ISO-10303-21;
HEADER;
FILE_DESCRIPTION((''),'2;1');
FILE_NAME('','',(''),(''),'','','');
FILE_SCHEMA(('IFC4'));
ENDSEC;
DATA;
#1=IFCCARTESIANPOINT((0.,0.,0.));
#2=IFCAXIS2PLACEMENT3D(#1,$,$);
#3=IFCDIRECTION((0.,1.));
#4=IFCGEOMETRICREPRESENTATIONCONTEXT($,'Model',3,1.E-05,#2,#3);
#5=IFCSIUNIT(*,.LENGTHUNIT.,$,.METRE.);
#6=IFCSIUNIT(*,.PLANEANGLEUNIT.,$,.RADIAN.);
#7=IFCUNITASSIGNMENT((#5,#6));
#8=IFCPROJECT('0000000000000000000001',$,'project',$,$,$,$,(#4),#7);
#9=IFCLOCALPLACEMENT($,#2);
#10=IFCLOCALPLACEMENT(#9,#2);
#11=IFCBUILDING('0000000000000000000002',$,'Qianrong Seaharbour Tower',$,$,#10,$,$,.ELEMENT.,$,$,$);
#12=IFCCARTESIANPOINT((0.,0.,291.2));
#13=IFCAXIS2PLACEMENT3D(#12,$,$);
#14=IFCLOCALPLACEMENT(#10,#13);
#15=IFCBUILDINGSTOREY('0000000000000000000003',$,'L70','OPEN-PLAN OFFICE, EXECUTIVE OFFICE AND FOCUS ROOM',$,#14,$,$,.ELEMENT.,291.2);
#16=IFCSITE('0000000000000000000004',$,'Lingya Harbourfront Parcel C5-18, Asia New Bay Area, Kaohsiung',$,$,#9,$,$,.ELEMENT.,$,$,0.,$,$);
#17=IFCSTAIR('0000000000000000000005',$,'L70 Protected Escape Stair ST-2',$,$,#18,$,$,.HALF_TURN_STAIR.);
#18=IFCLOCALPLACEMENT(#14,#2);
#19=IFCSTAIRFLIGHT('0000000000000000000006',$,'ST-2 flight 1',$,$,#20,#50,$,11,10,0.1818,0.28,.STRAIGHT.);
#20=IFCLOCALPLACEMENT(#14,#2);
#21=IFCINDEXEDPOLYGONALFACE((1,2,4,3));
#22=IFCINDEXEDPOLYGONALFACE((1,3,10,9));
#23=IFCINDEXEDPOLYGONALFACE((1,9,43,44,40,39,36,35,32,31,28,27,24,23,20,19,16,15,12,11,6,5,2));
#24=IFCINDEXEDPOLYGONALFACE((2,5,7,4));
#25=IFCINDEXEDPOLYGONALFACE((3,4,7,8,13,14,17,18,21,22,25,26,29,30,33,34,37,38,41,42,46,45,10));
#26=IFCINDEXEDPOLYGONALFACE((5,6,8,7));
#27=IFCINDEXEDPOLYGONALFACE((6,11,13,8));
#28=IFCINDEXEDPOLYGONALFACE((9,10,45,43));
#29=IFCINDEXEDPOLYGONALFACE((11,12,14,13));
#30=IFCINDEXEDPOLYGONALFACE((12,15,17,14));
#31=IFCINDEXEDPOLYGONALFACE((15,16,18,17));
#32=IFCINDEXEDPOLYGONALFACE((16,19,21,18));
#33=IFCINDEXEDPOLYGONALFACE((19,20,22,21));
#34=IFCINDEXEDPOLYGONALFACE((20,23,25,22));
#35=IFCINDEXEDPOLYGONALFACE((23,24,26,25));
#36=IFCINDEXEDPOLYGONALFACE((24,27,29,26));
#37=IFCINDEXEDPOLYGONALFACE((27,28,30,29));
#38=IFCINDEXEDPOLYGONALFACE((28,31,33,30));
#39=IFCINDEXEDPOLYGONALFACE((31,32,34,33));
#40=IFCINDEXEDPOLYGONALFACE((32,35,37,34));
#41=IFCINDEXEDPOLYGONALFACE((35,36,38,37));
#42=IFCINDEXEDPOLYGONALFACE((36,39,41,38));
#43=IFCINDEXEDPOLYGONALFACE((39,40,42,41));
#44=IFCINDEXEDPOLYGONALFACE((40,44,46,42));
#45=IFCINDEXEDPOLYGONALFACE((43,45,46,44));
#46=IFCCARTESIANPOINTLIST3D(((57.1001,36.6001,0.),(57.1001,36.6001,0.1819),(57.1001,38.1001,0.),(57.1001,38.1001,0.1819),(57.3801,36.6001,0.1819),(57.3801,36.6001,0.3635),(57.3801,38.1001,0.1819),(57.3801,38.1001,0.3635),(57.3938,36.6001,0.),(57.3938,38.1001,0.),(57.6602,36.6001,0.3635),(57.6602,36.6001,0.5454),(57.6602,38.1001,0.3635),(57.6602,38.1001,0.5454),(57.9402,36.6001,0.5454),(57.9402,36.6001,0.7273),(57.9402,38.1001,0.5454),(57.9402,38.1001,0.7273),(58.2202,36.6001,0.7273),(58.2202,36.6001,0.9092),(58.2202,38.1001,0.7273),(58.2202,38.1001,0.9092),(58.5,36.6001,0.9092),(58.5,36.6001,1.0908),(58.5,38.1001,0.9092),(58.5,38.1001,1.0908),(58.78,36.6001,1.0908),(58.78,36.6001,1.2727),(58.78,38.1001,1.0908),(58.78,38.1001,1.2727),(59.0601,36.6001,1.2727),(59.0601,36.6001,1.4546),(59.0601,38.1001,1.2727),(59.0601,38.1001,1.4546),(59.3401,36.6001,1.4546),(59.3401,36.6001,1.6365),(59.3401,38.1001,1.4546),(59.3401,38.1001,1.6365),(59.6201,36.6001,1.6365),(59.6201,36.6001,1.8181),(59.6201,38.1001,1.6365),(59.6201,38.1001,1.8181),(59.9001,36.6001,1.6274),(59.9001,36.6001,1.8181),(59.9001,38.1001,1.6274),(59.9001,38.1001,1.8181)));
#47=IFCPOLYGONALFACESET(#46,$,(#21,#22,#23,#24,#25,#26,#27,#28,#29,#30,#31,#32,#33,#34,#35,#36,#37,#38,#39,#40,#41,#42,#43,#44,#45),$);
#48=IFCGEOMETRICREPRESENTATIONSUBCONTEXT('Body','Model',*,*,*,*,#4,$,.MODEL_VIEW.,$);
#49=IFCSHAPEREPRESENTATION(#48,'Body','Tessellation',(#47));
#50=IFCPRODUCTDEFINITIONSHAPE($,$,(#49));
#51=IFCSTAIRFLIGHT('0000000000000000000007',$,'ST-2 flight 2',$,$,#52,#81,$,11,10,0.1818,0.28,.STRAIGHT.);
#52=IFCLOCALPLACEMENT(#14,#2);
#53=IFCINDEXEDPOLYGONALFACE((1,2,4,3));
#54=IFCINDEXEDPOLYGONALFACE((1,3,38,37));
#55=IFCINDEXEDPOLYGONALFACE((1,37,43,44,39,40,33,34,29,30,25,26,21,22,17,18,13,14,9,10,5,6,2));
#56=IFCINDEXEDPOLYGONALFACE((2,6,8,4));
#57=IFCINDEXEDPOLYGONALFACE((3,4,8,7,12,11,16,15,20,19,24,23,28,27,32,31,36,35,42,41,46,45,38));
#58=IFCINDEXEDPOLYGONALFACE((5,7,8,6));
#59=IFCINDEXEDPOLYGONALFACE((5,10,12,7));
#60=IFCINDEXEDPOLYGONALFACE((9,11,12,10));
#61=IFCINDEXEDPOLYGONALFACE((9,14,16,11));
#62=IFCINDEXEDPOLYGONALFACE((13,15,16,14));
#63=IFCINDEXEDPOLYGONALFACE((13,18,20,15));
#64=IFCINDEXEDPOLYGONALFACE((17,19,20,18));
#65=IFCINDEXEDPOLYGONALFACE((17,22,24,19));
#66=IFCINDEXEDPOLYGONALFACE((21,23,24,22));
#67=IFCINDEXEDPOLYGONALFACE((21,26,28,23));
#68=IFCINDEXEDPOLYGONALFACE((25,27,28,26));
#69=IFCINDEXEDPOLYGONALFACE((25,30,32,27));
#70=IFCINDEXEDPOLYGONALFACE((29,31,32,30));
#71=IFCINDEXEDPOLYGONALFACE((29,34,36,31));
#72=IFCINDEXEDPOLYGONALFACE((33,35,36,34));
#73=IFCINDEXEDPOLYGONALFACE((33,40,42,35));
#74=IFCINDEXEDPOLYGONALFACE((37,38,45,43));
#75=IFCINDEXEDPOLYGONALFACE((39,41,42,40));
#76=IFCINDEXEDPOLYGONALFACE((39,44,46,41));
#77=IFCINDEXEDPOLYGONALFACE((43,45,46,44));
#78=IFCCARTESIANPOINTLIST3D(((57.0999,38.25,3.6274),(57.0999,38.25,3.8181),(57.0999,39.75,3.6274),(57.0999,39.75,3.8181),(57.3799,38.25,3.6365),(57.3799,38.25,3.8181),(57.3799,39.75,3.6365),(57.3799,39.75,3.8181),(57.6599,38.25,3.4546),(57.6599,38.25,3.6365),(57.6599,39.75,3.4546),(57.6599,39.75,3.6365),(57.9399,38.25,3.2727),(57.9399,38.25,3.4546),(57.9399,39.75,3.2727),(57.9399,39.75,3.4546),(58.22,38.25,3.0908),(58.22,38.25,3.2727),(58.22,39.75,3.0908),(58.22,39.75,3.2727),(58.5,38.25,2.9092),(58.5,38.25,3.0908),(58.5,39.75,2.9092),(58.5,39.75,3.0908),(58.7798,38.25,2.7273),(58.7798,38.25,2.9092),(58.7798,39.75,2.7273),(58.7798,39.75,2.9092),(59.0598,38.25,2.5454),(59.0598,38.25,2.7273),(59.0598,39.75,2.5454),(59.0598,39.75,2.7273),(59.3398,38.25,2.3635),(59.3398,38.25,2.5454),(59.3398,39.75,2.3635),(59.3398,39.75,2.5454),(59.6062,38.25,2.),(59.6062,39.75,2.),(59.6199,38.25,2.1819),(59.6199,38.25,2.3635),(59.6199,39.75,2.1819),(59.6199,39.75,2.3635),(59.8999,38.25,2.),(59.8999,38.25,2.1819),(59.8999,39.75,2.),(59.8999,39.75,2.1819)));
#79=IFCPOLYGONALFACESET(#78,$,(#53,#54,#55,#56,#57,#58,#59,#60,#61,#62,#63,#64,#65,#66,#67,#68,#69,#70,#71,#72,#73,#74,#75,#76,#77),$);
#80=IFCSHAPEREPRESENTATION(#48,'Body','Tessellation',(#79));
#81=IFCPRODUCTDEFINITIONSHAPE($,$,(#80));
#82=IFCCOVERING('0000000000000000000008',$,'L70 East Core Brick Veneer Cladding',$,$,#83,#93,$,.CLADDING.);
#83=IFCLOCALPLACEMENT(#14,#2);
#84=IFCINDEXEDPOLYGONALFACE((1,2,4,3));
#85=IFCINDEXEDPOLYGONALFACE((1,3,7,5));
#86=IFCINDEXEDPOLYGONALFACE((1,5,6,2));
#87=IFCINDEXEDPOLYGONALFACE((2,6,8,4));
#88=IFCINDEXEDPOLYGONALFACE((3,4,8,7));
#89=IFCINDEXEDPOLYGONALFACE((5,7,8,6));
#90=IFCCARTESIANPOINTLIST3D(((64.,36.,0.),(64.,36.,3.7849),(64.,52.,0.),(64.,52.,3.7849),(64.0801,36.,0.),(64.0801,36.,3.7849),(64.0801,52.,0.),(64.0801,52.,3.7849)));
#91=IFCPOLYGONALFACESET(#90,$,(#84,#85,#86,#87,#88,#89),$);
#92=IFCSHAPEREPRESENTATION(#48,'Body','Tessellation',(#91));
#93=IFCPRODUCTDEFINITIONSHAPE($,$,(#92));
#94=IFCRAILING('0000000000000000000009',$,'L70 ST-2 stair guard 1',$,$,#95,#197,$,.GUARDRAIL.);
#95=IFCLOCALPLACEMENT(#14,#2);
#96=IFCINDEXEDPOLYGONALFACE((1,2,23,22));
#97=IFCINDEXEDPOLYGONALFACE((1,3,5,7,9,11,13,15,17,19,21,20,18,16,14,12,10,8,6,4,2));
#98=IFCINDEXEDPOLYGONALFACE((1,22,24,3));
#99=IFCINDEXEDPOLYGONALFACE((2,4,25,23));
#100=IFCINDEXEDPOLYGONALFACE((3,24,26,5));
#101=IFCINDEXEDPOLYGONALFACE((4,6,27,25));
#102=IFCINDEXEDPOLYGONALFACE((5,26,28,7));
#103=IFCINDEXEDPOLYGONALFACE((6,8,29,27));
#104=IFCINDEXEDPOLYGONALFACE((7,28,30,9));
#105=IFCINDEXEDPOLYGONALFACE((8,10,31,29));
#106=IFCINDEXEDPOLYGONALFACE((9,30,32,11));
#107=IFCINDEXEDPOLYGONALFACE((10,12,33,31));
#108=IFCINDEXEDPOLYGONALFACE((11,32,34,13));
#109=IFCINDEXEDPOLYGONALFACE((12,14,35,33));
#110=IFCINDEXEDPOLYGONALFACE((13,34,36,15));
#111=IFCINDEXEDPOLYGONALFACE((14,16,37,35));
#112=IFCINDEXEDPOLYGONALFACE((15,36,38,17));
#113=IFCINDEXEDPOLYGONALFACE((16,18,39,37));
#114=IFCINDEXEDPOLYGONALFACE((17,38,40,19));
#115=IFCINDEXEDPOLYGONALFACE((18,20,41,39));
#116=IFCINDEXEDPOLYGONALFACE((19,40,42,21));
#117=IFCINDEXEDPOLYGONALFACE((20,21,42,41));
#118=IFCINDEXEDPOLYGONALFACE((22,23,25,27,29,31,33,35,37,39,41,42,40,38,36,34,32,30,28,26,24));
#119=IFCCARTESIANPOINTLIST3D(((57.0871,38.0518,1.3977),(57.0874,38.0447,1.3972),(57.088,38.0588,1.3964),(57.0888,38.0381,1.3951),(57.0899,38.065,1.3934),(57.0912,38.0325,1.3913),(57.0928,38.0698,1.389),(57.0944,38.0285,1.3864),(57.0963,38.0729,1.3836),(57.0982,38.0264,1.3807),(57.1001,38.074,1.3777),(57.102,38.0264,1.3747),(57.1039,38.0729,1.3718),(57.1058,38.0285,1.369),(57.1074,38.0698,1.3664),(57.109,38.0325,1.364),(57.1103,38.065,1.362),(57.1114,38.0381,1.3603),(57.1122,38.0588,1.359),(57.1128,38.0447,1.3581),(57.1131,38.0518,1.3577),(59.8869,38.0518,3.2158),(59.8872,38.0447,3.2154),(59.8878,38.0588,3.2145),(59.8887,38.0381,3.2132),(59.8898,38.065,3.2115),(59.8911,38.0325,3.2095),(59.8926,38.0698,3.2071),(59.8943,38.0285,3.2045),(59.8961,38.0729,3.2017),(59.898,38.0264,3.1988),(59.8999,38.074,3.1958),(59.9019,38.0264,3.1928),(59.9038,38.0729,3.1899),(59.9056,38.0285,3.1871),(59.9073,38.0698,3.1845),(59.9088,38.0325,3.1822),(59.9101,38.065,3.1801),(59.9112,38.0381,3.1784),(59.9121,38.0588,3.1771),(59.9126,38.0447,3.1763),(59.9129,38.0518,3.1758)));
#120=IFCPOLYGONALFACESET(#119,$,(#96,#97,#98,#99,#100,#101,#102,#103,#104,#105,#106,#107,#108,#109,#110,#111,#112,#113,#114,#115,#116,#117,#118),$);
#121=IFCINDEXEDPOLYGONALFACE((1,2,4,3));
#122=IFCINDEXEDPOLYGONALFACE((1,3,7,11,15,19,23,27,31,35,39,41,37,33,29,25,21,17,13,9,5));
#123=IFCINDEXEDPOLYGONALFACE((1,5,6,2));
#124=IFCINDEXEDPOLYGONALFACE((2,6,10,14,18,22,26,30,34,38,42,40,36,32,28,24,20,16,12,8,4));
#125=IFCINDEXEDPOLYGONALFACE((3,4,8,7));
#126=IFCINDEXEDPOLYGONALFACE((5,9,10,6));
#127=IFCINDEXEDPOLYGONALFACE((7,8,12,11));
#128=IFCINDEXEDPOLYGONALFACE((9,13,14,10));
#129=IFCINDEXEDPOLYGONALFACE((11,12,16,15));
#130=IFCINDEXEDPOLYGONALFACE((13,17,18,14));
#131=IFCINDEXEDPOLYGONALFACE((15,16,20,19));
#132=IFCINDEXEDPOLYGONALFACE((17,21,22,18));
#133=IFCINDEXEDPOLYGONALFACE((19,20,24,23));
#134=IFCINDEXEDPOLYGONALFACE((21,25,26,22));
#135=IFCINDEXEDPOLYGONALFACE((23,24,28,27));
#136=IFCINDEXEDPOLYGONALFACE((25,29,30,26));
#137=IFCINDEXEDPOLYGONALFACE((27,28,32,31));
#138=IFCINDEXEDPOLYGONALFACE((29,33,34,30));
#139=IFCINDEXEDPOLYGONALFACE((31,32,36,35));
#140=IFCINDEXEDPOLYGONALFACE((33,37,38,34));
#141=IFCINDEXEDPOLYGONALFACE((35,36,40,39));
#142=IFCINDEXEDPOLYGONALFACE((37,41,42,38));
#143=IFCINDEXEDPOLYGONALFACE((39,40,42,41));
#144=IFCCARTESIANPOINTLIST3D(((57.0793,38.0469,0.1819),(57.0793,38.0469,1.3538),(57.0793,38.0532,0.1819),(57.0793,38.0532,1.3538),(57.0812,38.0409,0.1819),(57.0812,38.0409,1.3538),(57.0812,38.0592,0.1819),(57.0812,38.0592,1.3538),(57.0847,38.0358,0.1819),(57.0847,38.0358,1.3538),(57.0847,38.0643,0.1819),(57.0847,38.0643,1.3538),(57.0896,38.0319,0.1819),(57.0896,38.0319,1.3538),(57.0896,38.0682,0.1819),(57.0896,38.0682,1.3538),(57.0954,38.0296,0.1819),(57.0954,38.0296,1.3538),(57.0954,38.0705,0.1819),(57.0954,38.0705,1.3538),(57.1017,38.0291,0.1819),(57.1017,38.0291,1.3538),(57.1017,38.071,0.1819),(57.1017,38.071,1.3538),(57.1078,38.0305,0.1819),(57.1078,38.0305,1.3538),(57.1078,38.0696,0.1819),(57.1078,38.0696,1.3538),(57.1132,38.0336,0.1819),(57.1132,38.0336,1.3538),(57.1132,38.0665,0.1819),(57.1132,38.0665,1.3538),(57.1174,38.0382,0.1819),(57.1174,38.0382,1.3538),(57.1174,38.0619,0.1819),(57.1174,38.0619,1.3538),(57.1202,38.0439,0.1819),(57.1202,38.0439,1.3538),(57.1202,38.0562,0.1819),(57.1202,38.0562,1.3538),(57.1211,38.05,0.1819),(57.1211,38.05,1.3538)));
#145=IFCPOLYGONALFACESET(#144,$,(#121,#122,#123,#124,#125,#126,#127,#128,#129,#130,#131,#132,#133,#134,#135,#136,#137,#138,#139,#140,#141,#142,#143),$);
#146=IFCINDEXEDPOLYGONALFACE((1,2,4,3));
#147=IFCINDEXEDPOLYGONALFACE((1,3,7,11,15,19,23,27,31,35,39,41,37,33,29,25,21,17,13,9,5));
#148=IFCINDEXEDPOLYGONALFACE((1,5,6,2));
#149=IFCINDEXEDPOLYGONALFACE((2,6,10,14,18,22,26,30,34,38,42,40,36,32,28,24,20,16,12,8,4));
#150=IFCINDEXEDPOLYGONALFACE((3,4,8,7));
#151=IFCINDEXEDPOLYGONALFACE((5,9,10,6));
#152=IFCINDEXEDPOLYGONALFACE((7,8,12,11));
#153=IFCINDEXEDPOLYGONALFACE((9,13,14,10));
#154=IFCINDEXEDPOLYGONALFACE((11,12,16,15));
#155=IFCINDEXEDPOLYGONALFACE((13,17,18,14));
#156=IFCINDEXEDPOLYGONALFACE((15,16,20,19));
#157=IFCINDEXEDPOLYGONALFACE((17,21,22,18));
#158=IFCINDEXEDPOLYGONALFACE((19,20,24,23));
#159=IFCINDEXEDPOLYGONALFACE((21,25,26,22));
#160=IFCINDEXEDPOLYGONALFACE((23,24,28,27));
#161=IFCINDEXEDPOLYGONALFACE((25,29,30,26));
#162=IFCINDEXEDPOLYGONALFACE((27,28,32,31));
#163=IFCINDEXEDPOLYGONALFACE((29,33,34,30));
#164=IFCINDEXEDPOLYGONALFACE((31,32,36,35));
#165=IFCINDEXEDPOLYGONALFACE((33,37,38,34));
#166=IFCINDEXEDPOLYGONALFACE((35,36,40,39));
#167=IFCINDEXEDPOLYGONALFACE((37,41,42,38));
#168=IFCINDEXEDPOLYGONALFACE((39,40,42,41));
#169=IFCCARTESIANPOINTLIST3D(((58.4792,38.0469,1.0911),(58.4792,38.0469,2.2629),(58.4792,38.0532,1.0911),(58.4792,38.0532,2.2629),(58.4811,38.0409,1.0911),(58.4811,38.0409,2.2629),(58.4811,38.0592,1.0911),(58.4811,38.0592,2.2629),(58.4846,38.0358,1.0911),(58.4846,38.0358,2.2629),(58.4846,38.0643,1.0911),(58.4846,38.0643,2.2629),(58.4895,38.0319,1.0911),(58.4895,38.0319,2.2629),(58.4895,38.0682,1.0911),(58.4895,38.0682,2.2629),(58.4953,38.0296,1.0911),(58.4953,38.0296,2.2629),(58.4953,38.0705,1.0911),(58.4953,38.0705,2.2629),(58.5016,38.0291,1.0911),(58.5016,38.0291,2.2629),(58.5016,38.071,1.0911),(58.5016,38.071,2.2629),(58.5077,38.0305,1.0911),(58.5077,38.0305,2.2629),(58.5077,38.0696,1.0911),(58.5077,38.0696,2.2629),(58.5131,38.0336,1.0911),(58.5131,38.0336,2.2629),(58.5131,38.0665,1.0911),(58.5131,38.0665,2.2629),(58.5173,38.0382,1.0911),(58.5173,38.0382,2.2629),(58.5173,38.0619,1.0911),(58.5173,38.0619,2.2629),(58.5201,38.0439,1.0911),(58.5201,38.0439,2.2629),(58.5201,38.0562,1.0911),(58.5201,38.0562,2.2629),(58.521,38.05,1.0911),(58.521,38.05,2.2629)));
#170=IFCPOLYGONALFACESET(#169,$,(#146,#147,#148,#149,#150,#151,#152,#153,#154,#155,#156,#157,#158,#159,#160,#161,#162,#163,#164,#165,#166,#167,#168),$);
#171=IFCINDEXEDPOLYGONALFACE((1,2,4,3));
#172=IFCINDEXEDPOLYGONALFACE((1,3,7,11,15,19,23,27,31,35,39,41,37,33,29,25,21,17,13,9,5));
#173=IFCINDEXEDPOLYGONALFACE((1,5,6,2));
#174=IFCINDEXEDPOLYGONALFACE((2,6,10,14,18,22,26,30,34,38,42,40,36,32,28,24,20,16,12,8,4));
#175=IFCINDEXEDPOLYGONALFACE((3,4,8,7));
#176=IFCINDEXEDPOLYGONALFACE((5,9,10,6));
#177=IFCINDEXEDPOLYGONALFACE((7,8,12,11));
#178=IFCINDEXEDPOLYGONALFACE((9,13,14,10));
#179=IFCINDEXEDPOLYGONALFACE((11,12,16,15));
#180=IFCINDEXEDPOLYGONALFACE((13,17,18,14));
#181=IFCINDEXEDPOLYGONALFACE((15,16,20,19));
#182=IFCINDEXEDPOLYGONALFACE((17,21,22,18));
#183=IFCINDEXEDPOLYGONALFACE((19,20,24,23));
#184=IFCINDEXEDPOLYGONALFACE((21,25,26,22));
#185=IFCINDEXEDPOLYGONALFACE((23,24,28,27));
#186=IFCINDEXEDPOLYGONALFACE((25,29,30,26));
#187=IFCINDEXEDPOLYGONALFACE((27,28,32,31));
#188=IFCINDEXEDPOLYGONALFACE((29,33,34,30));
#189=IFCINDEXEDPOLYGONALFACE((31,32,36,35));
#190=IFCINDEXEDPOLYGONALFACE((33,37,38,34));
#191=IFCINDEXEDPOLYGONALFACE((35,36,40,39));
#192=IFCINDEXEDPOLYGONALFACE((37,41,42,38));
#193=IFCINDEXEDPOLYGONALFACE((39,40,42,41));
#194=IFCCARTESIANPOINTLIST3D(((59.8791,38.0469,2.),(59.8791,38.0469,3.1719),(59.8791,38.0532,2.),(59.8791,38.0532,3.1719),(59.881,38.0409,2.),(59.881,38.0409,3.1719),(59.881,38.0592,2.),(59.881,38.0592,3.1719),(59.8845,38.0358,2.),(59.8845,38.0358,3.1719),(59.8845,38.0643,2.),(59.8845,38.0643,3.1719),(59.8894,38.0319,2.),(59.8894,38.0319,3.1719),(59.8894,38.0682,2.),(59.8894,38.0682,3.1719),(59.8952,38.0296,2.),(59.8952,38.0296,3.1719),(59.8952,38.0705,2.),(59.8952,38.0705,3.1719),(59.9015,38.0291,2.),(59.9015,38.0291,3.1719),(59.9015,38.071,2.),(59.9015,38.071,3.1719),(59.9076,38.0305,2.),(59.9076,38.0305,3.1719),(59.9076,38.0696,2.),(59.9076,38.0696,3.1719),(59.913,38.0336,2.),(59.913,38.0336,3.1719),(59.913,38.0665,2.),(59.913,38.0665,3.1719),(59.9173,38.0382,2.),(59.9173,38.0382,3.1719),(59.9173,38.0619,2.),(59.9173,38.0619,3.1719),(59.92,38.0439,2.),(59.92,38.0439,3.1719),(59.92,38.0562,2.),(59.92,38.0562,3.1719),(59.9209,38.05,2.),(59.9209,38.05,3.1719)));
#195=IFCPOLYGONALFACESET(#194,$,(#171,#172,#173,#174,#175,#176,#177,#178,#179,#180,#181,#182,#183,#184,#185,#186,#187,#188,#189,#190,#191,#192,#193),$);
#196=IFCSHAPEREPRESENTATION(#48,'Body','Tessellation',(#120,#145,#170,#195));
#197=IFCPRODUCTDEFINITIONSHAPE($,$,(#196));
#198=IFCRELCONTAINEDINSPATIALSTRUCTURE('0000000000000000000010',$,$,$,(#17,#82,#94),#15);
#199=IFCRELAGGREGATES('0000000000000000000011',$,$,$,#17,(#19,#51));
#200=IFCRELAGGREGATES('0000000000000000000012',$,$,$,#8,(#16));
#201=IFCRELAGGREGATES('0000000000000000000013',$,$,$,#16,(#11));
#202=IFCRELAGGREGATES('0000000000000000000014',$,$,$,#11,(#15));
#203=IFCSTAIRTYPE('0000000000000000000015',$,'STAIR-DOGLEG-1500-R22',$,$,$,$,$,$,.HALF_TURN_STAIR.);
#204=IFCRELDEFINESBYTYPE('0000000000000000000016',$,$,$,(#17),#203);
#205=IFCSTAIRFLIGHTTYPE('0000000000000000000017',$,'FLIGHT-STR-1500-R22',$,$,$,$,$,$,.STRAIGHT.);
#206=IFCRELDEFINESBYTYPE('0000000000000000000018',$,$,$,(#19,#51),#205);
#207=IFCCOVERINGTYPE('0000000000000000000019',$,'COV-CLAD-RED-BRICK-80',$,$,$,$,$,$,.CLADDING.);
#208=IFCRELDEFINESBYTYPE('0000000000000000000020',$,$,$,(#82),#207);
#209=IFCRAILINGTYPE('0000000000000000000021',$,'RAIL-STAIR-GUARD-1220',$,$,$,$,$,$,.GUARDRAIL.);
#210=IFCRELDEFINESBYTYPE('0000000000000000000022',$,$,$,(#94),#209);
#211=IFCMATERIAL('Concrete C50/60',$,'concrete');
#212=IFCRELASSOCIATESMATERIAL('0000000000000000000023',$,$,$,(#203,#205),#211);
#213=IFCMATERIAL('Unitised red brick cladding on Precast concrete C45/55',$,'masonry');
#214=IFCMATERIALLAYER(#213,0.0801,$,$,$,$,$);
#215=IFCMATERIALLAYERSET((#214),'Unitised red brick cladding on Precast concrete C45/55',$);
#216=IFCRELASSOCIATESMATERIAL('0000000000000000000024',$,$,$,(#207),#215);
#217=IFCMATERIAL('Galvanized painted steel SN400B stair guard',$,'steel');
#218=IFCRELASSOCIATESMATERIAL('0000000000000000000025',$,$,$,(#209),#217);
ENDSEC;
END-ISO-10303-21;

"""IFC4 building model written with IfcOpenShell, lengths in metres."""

from ifc_helpers import new_model, si_unit, direction, frame, origin, origin_2d, place, context, subcontext, project, spatial, polyline, rectangle, circle, outline, extrude, material, layer, layer_set, type_object, element, aggregate, save


model = new_model("IFC4")

# Units and contexts
model_context = context("Model", 3, precision=1e-05, world=origin(), true_north=direction((0.0, 1.0)))
body_context = subcontext(model_context, "Body", "Model", "MODEL_VIEW")
ifc_project = project(units=[si_unit("LENGTHUNIT", "METRE"), si_unit("PLANEANGLEUNIT", "RADIAN")], contexts=[model_context])

# Site, building, storey
site_placement = place(None, origin())
site = spatial("IfcSite", under=ifc_project, at=site_placement, Name="Lingya Harbourfront Parcel C5-18, Asia New Bay Area, Kaohsiung", CompositionType="ELEMENT", RefElevation=0.0)
building_placement = place(site_placement, origin())
building = spatial("IfcBuilding", under=site, at=building_placement, Name="Qianrong Seaharbour Tower", CompositionType="ELEMENT")
storey_placement = place(building_placement, frame((0.0, 0.0, 291.2)))
storey = spatial("IfcBuildingStorey", under=building, at=storey_placement, Name="L70", Description="OPEN-PLAN OFFICE, EXECUTIVE OFFICE AND FOCUS ROOM", CompositionType="ELEMENT", Elevation=291.2)

# Shared definitions
ifc_material_1 = material(Name="Concrete C50/60", Category="concrete")

# Stair, stair flights
stair_type = type_object("IfcStairType", Name="STAIR-DOGLEG-1500-R22", PredefinedType="HALF_TURN_STAIR", material=ifc_material_1)
stair_placement = place(storey_placement, origin())
stair = element("IfcStair", 1, at=stair_placement, inside=storey, type_object=stair_type, Name="L70 Protected Escape Stair ST-2", PredefinedType="HALF_TURN_STAIR")
stair_flight_type = type_object("IfcStairFlightType", Name="FLIGHT-STR-1500-R22", PredefinedType="STRAIGHT", material=ifc_material_1)
stair_flight_1_placement = place(storey_placement, frame((57.1001, 37.3501, 0.0), z_axis=(0.0, 0.0, 1.0), x_axis=(1.0, 0.0, 0.0)))
stair_flight_1 = element("IfcStairFlight", 2, at=stair_flight_1_placement, type_object=stair_flight_type, Name="ST-2 flight 1", NumberOfRisers=11, NumberOfTreads=10, PredefinedType="STRAIGHT", RiserHeight=0.1818, TreadLength=0.28, context=body_context, shape_type="SweptSolid", body=[
    extrude(outline(polyline([(0.0, 0.0), (0.0, 0.1819), (0.28, 0.1819), (0.28, 0.3635), (0.5601, 0.3635), (0.5601, 0.5454), (0.8401, 0.5454), (0.8401, 0.7273), (1.1201, 0.7273), (1.1201, 0.9092), (1.3999, 0.9092), (1.3999, 1.0908), (1.6799, 1.0908), (1.6799, 1.2727), (1.96, 1.2727), (1.96, 1.4546), (2.24, 1.4546), (2.24, 1.6365), (2.52, 1.6365), (2.52, 1.8181), (2.8, 1.8181), (2.8, 2.0), (2.8, 1.6274), (0.2937, 0.0), (0.0, 0.0)])), frame((0.0, 0.75, 0.0), z_axis=(0.0, -1.0, 0.0), x_axis=(1.0, 0.0, 0.0)), (0.0, 0.0, 1.0), 1.5),
])
stair_flight_2_placement = place(storey_placement, frame((59.8999, 39.0, 2.0), z_axis=(0.0, 0.0, 1.0), x_axis=(-1.0, 0.0, 0.0)))
stair_flight_2 = element("IfcStairFlight", 3, at=stair_flight_2_placement, type_object=stair_flight_type, Name="ST-2 flight 2", NumberOfRisers=11, NumberOfTreads=10, PredefinedType="STRAIGHT", RiserHeight=0.1818, TreadLength=0.28, context=body_context, shape_type="SweptSolid", body=[
    extrude(outline(polyline([(0.0, 0.0), (0.0, 0.1819), (0.28, 0.1819), (0.28, 0.3635), (0.5601, 0.3635), (0.5601, 0.5454), (0.8401, 0.5454), (0.8401, 0.7273), (1.1201, 0.7273), (1.1201, 0.9092), (1.3999, 0.9092), (1.3999, 1.0908), (1.6799, 1.0908), (1.6799, 1.2727), (1.96, 1.2727), (1.96, 1.4546), (2.24, 1.4546), (2.24, 1.6365), (2.52, 1.6365), (2.52, 1.8181), (2.8, 1.8181), (2.8, 2.0), (2.8, 1.6274), (0.2937, 0.0), (0.0, 0.0)])), frame((0.0, 0.75, 0.0), z_axis=(0.0, -1.0, 0.0), x_axis=(1.0, 0.0, 0.0)), (0.0, 0.0, 1.0), 1.5),
])
aggregate(stair, [stair_flight_1, stair_flight_2])

# Covering
ifc_material_2 = material(Name="Unitised red brick cladding on Precast concrete C45/55", Category="masonry")
ifc_layer_1 = layer(ifc_material_2, 0.0801)
ifc_layer_set_1 = layer_set([ifc_layer_1], Name="Unitised red brick cladding on Precast concrete C45/55")
covering_type = type_object("IfcCoveringType", Name="COV-CLAD-RED-BRICK-80", PredefinedType="CLADDING", material=ifc_layer_set_1)
covering_placement = place(storey_placement, frame((64.04, 44.0, 0.0), z_axis=(0.0, 0.0, 1.0), x_axis=(1.0, 0.0, 0.0)))
element("IfcCovering", 4, at=covering_placement, inside=storey, type_object=covering_type, Name="L70 East Core Brick Veneer Cladding", PredefinedType="CLADDING", context=body_context, shape_type="SweptSolid", body=[
    extrude(rectangle(XDim=0.0801, YDim=16.0, at=origin_2d()), origin(), (0.0, 0.0, 1.0), 3.7849),
])

# Railing
ifc_material_3 = material(Name="Galvanized painted steel SN400B stair guard", Category="steel")
railing_type_1 = type_object("IfcRailingType", Name="RAIL-STAIR-GUARD-1220", PredefinedType="GUARDRAIL", material=ifc_material_3)
railing_1_placement = place(storey_placement, frame((57.1001, 38.05, 0.1819)))
element("IfcRailing", 5, at=railing_1_placement, inside=storey, type_object=railing_type_1, Name="L70 ST-2 stair guard 1", PredefinedType="GUARDRAIL", context=body_context, shape_type="SweptSolid", body=[
    extrude(circle(Radius=0.0239, at=origin_2d()), frame((0.0, 0.0, 1.1958), z_axis=(0.838684, 0.0, 0.544618), x_axis=(0.0, 1.0, 0.0)), (0.0, 0.0, 1.0), 3.3384),
    extrude(circle(Radius=0.021, at=origin_2d()), origin(), (0.0, 0.0, 1.0), 1.1719),
    extrude(circle(Radius=0.021, at=origin_2d()), frame((1.3999, 0.0, 0.9092)), (0.0, 0.0, 1.0), 1.1719),
    extrude(circle(Radius=0.021, at=origin_2d()), frame((2.7998, 0.0, 1.8181)), (0.0, 0.0, 1.0), 1.1719),
])

save(model, "model.ifc")
